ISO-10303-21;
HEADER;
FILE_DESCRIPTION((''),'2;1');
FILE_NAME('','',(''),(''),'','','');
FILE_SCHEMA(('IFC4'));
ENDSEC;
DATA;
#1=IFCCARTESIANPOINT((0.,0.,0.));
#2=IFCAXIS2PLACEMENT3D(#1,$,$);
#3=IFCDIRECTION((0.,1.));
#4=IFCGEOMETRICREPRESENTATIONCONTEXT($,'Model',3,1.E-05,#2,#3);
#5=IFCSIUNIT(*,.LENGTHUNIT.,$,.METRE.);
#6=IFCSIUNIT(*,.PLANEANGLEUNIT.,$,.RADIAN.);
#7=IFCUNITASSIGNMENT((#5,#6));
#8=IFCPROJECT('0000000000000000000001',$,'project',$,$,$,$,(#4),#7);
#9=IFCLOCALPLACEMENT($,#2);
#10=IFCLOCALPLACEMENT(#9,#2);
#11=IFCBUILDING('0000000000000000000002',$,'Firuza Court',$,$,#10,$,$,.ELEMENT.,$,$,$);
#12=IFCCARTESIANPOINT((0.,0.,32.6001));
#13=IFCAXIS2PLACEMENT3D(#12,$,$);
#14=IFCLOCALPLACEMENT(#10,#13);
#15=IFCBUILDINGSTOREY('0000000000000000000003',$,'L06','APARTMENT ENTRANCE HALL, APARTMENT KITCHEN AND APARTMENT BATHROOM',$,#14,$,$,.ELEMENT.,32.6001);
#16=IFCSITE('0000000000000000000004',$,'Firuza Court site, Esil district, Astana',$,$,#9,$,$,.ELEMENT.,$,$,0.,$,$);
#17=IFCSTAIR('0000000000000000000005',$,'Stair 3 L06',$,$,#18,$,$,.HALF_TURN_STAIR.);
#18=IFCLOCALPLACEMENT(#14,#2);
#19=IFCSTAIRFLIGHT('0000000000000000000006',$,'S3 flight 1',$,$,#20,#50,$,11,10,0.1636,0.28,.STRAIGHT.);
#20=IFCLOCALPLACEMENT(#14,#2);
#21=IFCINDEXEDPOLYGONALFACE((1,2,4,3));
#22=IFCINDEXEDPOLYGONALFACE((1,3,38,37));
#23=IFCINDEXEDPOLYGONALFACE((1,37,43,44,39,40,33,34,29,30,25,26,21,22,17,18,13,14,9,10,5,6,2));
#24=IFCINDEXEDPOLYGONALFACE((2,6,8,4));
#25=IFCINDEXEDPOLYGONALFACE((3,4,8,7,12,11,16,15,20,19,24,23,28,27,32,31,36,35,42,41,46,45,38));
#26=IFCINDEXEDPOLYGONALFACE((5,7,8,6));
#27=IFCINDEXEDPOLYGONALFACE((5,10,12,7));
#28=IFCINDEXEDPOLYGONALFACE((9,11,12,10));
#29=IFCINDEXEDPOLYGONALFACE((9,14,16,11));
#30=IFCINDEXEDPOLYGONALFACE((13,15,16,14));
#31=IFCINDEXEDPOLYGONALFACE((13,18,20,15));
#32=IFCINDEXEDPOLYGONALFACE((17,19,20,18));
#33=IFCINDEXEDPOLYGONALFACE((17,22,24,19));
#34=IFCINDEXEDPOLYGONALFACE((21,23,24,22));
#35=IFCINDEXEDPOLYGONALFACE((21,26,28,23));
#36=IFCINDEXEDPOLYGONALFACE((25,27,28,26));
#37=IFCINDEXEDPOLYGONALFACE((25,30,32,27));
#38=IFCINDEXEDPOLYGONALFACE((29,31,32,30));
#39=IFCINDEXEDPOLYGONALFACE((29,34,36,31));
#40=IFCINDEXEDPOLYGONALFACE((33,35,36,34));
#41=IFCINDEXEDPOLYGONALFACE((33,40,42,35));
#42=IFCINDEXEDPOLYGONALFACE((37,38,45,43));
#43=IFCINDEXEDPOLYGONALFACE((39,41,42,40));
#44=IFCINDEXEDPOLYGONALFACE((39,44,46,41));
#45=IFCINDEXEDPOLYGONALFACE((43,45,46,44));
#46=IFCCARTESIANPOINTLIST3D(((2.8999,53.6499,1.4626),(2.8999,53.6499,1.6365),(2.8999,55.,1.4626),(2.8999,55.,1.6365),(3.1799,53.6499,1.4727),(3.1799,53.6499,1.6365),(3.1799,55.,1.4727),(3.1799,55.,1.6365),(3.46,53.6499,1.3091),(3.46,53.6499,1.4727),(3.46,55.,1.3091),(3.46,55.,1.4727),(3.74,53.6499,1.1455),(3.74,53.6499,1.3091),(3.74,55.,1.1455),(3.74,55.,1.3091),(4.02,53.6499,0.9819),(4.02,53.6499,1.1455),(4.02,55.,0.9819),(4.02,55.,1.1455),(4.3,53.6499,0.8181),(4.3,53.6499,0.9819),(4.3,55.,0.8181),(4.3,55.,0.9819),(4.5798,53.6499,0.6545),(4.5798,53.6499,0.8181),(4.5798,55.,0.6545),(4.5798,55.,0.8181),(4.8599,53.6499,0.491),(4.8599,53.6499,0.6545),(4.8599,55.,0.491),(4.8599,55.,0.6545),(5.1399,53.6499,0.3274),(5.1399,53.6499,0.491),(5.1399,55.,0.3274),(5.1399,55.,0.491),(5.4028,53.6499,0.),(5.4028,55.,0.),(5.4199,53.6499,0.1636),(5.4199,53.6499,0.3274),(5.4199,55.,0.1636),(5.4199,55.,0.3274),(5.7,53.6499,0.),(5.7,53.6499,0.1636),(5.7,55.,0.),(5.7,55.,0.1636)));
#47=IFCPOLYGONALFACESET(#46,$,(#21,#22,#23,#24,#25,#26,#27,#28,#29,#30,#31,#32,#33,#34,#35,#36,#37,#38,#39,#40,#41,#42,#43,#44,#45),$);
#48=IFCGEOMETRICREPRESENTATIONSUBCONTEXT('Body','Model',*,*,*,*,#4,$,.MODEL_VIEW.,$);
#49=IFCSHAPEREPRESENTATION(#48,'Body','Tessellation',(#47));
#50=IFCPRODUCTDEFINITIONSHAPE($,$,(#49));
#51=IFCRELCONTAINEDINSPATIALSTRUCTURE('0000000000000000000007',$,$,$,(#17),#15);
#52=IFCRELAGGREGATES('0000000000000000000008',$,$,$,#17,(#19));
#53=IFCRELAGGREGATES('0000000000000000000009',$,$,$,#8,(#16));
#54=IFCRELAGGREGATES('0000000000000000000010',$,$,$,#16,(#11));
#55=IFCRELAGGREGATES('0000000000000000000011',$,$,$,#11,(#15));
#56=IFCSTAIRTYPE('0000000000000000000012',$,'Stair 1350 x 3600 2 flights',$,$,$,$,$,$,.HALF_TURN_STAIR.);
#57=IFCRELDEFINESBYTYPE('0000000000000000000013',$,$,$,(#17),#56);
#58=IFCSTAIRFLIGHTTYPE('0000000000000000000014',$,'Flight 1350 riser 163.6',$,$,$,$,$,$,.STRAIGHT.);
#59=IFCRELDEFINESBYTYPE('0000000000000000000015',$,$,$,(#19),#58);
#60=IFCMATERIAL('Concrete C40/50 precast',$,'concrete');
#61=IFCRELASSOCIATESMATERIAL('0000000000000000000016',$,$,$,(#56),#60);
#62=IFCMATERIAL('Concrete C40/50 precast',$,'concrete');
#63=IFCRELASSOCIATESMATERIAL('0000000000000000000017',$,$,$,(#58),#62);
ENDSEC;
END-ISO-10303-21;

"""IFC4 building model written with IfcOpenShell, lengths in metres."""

from ifc_helpers import new_model, si_unit, direction, frame, origin, place, context, subcontext, project, spatial, polyline, outline, extrude, material, type_object, element, aggregate, save


model = new_model("IFC4")

# Units and contexts
model_context = context("Model", 3, precision=1e-05, world=origin(), true_north=direction((0.0, 1.0)))
body_context = subcontext(model_context, "Body", "Model", "MODEL_VIEW")
ifc_project = project(units=[si_unit("LENGTHUNIT", "METRE"), si_unit("PLANEANGLEUNIT", "RADIAN")], contexts=[model_context])

# Site, building, storey
site_placement = place(None, origin())
site = spatial("IfcSite", under=ifc_project, at=site_placement, Name="Firuza Court site, Esil district, Astana", CompositionType="ELEMENT", RefElevation=0.0)
building_placement = place(site_placement, origin())
building = spatial("IfcBuilding", under=site, at=building_placement, Name="Firuza Court", CompositionType="ELEMENT")
storey_placement = place(building_placement, frame((0.0, 0.0, 32.6001)))
storey = spatial("IfcBuildingStorey", under=building, at=storey_placement, Name="L06", Description="APARTMENT ENTRANCE HALL, APARTMENT KITCHEN AND APARTMENT BATHROOM", CompositionType="ELEMENT", Elevation=32.6001)

# Stair, stair flight
ifc_material_1 = material(Name="Concrete C40/50 precast", Category="concrete")
stair_type = type_object("IfcStairType", Name="Stair 1350 x 3600 2 flights", PredefinedType="HALF_TURN_STAIR", material=ifc_material_1)
stair_placement = place(storey_placement, origin())
stair = element("IfcStair", 1, at=stair_placement, inside=storey, type_object=stair_type, Name="Stair 3 L06", PredefinedType="HALF_TURN_STAIR")
ifc_material_2 = material(Name="Concrete C40/50 precast", Category="concrete")
stair_flight_type = type_object("IfcStairFlightType", Name="Flight 1350 riser 163.6", PredefinedType="STRAIGHT", material=ifc_material_2)
stair_flight_placement = place(storey_placement, frame((5.7, 54.325, 0.0), z_axis=(0.0, 0.0, 1.0), x_axis=(-1.0, 0.0, 0.0)))
stair_flight = element("IfcStairFlight", 2, at=stair_flight_placement, type_object=stair_flight_type, Name="S3 flight 1", NumberOfRisers=11, NumberOfTreads=10, PredefinedType="STRAIGHT", RiserHeight=0.1636, TreadLength=0.28, context=body_context, shape_type="SweptSolid", body=[
    extrude(outline(polyline([(0.0, 0.0), (0.0, 0.1636), (0.28, 0.1636), (0.28, 0.3274), (0.5601, 0.3274), (0.5601, 0.491), (0.8401, 0.491), (0.8401, 0.6545), (1.1201, 0.6545), (1.1201, 0.8181), (1.3999, 0.8181), (1.3999, 0.9819), (1.6799, 0.9819), (1.6799, 1.1455), (1.96, 1.1455), (1.96, 1.3091), (2.24, 1.3091), (2.24, 1.4727), (2.52, 1.4727), (2.52, 1.6365), (2.8, 1.6365), (2.8, 1.8), (2.8, 1.4626), (0.2971, 0.0), (0.0, 0.0)])), frame((0.0, 0.675, 0.0), z_axis=(0.0, -1.0, 0.0), x_axis=(1.0, 0.0, 0.0)), (0.0, 0.0, 1.0), 1.3501),
])
aggregate(stair, [stair_flight])

save(model, "model.ifc")
